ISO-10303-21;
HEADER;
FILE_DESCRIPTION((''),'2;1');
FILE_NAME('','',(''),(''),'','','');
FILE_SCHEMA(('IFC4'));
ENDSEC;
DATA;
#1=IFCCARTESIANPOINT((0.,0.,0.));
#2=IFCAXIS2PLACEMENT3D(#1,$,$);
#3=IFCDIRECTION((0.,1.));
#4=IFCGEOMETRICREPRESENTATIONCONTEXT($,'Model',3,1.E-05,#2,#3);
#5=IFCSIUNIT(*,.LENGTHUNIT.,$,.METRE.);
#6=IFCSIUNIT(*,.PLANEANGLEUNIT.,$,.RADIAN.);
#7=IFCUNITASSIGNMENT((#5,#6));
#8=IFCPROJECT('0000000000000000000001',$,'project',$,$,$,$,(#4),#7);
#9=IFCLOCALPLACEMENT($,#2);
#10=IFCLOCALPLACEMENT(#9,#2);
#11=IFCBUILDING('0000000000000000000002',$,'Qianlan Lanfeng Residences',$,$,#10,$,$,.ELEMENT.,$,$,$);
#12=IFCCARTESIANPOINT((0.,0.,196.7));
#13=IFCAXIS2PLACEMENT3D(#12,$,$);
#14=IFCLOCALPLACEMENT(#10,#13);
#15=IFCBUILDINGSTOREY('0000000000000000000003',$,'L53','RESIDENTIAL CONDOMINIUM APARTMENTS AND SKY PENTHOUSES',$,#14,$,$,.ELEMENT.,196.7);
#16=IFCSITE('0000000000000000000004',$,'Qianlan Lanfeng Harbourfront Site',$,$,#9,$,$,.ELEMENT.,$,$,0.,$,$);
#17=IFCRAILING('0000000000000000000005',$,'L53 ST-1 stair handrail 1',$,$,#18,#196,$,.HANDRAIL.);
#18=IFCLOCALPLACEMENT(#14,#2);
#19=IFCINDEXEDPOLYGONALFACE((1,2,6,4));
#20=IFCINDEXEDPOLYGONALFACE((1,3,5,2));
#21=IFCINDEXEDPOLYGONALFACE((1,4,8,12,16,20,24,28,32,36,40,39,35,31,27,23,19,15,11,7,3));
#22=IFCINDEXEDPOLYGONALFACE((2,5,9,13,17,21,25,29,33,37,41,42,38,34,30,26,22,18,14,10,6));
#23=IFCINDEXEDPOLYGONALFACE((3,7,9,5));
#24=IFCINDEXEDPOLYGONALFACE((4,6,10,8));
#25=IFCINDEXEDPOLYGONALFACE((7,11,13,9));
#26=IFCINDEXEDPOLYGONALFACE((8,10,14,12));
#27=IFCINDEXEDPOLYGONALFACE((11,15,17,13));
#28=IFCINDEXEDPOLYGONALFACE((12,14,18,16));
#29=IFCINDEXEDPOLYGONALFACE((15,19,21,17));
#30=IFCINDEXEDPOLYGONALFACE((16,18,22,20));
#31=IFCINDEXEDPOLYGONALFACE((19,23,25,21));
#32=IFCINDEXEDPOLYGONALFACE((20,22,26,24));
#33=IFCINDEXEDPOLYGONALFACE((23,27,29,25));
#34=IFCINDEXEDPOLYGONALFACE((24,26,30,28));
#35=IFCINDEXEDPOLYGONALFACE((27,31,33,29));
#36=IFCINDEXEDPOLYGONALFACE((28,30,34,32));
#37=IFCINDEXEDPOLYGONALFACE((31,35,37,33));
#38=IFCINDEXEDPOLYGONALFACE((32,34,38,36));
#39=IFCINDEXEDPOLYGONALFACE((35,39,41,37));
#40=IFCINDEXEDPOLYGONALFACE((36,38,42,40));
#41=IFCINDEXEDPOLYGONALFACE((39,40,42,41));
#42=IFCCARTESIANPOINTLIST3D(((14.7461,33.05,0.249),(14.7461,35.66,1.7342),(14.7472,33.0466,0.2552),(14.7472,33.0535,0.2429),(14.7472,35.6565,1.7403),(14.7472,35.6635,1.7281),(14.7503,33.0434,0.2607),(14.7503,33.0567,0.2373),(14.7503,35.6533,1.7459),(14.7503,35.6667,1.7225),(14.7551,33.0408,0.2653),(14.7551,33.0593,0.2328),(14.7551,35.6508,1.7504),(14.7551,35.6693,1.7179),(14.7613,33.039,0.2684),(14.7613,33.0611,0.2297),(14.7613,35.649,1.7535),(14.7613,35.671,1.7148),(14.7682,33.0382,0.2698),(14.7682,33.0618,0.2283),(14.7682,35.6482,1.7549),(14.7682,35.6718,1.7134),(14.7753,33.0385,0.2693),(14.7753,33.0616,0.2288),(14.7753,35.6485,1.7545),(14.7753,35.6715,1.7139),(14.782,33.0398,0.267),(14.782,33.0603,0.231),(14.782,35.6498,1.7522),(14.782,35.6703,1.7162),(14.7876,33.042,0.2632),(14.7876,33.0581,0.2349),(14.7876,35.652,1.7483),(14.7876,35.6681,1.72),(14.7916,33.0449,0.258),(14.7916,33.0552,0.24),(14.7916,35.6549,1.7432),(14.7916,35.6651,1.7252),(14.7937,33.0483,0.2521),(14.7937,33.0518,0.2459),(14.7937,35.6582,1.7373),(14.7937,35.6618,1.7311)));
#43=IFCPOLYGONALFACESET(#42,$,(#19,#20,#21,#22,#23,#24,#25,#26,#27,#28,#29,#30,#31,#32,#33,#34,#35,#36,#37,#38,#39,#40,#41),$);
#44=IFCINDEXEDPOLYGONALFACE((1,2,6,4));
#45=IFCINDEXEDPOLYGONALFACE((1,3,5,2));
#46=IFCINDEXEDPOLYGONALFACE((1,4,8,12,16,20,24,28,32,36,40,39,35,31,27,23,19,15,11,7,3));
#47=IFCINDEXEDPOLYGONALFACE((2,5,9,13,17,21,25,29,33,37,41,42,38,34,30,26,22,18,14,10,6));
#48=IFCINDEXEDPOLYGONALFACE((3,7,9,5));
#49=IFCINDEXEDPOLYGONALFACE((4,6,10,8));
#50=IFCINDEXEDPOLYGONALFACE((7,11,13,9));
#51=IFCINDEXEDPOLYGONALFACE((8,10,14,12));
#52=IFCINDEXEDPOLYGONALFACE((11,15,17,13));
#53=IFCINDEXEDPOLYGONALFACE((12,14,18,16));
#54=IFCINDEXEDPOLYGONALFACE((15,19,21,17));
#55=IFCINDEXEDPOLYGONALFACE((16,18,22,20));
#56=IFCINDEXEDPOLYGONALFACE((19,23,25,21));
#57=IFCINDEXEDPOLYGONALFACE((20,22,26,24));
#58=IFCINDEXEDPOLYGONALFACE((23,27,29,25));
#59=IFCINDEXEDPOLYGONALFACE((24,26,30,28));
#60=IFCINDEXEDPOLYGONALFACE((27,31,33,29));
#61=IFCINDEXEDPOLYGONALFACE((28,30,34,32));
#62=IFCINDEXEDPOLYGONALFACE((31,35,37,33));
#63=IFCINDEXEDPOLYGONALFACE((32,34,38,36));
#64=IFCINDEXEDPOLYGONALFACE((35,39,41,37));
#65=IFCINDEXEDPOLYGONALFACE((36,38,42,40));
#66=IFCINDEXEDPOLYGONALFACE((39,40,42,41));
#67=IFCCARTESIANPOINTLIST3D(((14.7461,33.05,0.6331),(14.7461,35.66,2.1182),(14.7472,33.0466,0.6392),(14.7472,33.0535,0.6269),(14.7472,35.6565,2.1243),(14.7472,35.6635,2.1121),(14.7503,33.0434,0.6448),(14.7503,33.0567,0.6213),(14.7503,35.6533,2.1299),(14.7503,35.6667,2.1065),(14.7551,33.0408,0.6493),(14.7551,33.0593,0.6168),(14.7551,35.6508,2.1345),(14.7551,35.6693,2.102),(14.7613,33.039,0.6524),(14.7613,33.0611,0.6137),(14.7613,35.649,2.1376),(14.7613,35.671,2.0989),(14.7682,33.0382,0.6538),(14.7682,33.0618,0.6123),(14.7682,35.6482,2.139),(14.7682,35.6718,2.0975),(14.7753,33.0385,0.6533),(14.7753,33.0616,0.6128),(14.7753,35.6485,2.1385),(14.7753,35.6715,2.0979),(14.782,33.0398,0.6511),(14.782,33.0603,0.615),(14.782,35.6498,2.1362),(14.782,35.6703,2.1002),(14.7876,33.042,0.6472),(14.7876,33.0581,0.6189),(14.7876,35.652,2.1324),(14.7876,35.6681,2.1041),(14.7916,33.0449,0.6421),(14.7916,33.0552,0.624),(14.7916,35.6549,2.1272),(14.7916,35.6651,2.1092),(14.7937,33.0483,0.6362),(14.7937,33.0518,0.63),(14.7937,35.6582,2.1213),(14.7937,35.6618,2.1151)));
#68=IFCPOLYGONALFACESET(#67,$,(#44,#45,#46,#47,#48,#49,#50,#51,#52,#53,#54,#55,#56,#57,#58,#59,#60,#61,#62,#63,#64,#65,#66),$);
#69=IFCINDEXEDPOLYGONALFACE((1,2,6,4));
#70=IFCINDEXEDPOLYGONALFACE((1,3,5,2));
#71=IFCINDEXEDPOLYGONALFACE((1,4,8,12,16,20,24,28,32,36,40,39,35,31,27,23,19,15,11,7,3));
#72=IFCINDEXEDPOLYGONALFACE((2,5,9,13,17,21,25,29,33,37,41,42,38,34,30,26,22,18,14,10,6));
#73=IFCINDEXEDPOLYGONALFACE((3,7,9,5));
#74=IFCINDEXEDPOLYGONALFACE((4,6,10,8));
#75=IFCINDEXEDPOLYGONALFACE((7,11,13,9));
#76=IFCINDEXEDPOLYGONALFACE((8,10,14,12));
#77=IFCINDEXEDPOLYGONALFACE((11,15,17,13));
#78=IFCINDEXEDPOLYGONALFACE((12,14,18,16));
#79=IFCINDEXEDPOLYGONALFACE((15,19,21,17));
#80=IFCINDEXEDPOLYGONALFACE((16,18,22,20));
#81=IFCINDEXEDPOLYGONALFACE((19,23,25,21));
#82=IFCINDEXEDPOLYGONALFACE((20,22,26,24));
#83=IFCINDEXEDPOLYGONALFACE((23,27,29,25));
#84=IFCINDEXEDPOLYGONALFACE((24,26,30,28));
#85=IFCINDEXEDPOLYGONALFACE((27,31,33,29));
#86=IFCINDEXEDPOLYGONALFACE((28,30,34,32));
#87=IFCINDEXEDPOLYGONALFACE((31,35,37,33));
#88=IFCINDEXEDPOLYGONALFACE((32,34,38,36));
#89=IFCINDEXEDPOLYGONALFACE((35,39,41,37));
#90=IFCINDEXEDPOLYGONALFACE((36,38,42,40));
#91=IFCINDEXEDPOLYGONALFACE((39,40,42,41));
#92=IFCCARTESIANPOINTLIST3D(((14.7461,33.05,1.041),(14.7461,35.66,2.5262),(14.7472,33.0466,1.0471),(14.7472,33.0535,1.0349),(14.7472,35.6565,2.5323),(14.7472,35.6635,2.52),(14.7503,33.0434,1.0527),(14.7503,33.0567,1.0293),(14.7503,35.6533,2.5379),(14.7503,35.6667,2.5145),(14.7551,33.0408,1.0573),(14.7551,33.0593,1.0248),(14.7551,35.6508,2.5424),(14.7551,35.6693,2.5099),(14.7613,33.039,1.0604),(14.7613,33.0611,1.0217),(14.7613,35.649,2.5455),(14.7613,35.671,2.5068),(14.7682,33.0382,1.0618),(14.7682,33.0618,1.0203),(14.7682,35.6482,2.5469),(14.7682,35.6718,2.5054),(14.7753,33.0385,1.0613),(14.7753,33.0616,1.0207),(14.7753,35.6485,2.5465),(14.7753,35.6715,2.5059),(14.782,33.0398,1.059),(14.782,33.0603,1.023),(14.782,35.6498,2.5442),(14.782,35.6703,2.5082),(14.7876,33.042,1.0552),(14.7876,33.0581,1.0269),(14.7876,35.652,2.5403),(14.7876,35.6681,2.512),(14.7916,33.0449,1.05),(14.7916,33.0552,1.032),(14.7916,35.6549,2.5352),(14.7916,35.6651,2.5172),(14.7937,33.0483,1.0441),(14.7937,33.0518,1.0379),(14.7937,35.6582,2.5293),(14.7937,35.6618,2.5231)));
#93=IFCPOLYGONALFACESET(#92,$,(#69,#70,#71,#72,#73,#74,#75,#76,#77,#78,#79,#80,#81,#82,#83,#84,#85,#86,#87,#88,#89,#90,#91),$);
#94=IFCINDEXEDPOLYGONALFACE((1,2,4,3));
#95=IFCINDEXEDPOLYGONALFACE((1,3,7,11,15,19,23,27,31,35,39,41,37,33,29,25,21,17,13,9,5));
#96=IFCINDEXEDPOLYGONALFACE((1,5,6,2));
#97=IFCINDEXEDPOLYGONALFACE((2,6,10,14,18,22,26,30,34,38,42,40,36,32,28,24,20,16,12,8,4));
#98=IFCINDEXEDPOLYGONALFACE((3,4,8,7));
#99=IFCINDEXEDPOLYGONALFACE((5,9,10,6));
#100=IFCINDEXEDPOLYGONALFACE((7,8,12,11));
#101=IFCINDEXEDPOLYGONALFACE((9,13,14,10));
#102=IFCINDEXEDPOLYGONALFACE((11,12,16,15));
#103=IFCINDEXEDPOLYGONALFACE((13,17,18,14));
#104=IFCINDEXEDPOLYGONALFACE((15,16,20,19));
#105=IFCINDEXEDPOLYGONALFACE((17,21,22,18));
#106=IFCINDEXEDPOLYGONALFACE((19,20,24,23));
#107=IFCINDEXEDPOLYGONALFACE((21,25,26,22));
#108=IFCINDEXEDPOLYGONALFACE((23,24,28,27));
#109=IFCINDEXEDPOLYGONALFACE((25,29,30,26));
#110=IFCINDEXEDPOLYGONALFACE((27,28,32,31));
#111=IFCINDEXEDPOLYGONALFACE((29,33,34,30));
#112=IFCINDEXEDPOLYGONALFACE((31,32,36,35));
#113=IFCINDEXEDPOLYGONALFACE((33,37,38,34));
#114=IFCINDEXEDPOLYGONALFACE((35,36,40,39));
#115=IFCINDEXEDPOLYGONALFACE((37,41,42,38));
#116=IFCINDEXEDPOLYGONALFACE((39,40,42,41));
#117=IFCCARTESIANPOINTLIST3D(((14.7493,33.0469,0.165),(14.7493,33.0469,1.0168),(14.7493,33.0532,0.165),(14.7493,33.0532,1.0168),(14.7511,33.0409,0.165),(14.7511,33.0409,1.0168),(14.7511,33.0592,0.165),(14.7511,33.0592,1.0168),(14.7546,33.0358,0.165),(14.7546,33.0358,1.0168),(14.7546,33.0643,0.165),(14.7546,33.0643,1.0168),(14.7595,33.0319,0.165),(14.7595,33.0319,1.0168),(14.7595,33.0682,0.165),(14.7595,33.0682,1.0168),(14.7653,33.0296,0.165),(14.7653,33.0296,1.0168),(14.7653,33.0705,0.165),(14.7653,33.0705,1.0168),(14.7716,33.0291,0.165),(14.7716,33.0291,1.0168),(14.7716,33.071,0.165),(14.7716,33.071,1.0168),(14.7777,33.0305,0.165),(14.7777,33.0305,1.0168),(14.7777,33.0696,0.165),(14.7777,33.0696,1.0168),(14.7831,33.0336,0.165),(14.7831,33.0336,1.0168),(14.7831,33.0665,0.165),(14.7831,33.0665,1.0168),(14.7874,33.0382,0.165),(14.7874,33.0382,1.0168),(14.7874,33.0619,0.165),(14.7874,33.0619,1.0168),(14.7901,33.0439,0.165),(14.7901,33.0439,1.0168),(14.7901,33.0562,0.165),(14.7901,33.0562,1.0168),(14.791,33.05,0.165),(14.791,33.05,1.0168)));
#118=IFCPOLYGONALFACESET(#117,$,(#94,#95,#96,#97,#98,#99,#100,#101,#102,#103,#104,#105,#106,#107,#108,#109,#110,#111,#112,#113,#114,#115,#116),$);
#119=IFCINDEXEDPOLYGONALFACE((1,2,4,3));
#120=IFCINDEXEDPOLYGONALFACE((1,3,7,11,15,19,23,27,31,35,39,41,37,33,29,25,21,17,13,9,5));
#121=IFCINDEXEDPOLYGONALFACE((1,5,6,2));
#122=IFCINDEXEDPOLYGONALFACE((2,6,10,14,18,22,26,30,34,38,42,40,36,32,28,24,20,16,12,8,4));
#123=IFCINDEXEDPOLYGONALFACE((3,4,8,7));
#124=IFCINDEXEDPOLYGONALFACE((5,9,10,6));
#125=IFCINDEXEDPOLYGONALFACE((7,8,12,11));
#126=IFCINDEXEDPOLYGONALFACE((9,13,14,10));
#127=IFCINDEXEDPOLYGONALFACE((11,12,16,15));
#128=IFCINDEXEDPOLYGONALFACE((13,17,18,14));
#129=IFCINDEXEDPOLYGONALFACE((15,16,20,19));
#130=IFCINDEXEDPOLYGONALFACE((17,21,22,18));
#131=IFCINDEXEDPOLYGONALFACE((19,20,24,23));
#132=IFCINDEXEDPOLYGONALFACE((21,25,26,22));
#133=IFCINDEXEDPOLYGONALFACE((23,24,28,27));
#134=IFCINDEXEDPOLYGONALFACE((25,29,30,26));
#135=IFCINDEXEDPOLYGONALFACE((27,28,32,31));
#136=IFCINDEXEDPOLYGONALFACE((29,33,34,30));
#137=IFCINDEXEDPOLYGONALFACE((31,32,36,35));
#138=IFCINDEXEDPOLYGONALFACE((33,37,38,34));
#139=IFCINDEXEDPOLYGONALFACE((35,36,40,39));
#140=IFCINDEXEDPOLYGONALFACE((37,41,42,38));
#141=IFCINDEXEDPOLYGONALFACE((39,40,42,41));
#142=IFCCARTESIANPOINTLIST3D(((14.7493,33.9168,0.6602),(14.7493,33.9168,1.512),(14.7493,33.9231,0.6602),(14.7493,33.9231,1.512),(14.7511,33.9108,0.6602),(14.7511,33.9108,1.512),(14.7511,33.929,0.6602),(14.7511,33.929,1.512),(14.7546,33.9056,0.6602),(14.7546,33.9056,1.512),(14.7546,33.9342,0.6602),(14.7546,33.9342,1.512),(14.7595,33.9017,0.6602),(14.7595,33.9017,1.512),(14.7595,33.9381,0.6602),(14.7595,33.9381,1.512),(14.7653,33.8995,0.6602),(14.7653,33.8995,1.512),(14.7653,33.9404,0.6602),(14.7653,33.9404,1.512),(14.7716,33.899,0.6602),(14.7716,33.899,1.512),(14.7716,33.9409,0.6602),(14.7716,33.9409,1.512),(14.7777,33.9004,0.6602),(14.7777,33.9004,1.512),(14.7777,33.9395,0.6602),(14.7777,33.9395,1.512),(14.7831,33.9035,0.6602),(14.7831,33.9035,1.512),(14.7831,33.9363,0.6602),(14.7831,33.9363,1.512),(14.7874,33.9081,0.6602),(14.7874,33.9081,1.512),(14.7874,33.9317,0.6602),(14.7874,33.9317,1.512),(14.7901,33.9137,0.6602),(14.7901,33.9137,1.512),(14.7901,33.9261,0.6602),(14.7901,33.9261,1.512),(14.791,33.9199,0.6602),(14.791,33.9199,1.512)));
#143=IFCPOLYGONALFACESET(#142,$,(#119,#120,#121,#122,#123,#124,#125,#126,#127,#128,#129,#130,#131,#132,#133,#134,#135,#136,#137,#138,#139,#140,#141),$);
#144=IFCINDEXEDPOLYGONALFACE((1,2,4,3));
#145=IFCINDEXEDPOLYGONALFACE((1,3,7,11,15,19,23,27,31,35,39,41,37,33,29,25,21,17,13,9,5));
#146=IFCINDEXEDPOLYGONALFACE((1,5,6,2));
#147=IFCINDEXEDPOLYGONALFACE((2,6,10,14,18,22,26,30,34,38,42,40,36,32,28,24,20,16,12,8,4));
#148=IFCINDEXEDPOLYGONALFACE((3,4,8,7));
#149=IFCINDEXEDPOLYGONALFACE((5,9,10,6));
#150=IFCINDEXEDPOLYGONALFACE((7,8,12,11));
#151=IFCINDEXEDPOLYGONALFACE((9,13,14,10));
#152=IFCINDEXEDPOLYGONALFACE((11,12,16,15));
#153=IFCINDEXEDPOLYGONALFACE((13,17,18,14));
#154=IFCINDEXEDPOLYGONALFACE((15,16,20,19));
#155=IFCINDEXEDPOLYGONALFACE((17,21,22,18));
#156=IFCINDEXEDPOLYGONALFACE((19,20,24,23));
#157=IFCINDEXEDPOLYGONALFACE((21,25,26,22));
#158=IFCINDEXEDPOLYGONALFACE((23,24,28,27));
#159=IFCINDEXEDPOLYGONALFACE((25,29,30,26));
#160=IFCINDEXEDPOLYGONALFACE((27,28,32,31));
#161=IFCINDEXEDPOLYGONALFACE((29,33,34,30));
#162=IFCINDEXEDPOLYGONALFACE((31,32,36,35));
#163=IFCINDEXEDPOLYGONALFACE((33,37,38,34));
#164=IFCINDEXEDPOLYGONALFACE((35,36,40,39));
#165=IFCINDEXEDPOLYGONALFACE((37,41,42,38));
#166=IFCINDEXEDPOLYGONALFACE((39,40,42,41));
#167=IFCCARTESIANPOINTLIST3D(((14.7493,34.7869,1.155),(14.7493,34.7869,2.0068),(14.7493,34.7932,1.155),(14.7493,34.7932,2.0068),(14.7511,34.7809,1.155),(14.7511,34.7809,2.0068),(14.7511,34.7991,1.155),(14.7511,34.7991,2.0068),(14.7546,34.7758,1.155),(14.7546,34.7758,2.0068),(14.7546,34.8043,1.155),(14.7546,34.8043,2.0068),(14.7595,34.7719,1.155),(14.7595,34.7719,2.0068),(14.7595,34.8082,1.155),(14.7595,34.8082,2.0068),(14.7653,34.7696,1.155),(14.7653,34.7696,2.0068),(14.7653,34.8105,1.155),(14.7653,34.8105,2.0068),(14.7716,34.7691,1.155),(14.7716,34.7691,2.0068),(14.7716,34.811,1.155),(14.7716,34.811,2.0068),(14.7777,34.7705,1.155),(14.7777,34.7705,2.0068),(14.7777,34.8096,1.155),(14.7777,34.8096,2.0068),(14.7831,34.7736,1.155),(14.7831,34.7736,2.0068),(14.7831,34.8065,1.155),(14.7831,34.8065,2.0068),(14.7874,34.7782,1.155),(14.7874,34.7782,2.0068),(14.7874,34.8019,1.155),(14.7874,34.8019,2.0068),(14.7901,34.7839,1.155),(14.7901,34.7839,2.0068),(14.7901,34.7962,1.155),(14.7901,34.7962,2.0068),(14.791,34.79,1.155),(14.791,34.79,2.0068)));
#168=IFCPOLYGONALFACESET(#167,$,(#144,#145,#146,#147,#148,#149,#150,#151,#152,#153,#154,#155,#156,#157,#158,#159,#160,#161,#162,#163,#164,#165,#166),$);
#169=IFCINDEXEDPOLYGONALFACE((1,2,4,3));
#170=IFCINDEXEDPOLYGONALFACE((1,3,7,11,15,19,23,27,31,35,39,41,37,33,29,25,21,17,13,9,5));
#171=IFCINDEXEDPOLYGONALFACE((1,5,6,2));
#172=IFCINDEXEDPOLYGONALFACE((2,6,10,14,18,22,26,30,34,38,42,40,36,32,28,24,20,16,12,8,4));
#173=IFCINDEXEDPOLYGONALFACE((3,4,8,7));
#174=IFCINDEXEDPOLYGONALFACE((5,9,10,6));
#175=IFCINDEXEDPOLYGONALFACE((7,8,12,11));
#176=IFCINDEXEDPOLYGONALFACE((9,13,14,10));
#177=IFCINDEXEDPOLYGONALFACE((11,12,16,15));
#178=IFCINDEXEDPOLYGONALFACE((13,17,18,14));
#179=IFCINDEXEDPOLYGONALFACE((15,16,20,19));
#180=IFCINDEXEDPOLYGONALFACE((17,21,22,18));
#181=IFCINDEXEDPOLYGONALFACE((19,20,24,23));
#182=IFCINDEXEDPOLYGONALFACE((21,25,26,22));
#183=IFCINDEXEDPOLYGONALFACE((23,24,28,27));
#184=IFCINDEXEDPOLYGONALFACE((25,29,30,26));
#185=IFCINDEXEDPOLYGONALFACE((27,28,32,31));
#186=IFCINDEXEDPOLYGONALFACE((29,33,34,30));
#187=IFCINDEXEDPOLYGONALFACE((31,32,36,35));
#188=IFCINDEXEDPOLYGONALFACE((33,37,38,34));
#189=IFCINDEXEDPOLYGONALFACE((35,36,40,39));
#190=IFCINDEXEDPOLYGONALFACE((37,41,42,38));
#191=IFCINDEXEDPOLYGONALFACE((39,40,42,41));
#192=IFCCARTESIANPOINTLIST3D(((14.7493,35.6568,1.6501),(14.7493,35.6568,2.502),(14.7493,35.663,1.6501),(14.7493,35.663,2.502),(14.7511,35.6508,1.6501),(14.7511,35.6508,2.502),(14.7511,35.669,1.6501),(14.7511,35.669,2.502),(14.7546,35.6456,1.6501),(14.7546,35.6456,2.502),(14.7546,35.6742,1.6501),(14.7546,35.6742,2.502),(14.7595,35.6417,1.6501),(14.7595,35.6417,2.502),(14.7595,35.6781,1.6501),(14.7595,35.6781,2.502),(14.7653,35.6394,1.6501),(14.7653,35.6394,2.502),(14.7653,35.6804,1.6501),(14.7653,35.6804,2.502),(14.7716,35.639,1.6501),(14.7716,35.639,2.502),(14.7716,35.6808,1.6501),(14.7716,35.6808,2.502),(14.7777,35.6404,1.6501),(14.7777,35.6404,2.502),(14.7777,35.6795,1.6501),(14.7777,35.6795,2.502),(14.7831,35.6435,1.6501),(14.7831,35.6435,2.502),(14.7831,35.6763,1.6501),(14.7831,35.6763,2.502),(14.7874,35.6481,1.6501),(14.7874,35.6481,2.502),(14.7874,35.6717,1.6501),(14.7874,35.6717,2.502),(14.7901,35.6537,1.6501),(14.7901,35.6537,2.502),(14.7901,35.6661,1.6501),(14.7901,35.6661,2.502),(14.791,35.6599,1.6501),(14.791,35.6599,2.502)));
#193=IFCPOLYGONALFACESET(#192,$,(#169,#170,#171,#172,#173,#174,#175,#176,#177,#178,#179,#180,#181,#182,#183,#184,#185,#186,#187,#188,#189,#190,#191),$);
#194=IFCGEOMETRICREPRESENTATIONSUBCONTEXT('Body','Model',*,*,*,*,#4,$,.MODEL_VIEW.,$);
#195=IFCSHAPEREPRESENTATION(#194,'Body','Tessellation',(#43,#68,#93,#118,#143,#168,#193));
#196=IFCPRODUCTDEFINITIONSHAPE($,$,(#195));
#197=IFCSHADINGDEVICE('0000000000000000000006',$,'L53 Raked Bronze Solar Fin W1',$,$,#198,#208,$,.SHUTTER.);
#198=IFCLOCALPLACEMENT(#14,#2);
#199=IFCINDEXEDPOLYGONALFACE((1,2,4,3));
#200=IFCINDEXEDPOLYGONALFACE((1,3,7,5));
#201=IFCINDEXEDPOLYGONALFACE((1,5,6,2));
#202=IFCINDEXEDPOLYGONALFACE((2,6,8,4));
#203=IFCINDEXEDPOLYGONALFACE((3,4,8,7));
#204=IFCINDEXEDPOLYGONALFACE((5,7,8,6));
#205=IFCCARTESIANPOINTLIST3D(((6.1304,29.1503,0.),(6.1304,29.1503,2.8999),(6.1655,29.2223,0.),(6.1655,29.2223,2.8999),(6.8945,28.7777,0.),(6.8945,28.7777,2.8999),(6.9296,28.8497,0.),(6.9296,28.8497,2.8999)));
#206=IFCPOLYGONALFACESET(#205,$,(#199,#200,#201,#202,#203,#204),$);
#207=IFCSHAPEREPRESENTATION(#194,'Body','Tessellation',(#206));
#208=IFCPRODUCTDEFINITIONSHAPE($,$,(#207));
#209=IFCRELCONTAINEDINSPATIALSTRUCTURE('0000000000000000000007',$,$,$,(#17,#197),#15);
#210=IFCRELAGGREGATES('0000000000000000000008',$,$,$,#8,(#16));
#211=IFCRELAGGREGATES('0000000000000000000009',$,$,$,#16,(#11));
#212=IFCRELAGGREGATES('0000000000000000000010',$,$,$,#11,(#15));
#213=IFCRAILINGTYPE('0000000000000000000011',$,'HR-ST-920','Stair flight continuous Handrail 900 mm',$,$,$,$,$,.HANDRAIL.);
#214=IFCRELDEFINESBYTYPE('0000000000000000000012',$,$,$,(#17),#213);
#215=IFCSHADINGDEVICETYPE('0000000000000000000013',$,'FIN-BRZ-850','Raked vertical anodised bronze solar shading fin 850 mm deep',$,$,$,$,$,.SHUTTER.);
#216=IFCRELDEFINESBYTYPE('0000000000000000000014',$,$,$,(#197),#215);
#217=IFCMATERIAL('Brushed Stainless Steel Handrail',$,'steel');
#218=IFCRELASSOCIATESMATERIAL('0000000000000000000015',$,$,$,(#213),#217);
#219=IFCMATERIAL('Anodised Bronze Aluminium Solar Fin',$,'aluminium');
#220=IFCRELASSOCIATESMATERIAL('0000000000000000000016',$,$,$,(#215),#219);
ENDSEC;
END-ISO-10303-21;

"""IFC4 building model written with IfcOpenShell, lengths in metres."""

from ifc_helpers import new_model, si_unit, direction, frame, origin, origin_2d, place, context, subcontext, project, spatial, rectangle, circle, extrude, source, transform, mapped, material, type_object, element, save


model = new_model("IFC4")

# Units and contexts
model_context = context("Model", 3, precision=1e-05, world=origin(), true_north=direction((0.0, 1.0)))
body_context = subcontext(model_context, "Body", "Model", "MODEL_VIEW")
ifc_project = project(units=[si_unit("LENGTHUNIT", "METRE"), si_unit("PLANEANGLEUNIT", "RADIAN")], contexts=[model_context])

# Site, building, storey
site_placement = place(None, origin())
site = spatial("IfcSite", under=ifc_project, at=site_placement, Name="Qianlan Lanfeng Harbourfront Site", CompositionType="ELEMENT", RefElevation=0.0)
building_placement = place(site_placement, origin())
building = spatial("IfcBuilding", under=site, at=building_placement, Name="Qianlan Lanfeng Residences", CompositionType="ELEMENT")
storey_placement = place(building_placement, frame((0.0, 0.0, 196.7)))
storey = spatial("IfcBuildingStorey", under=building, at=storey_placement, Name="L53", Description="RESIDENTIAL CONDOMINIUM APARTMENTS AND SKY PENTHOUSES", CompositionType="ELEMENT", Elevation=196.7)

# Railing
ifc_material_1 = material(Name="Brushed Stainless Steel Handrail", Category="steel")
railing_type_1 = type_object("IfcRailingType", Name="HR-ST-920", Description="Stair flight continuous Handrail 900 mm", PredefinedType="HANDRAIL", material=ifc_material_1)
railing_1_placement = place(storey_placement, frame((14.77, 33.05, 0.165)))
element("IfcRailing", 1, at=railing_1_placement, inside=storey, type_object=railing_type_1, Name="L53 ST-1 stair handrail 1", PredefinedType="HANDRAIL", context=body_context, shape_type="SweptSolid", body=[
    extrude(circle(Radius=0.0239, at=origin_2d()), frame((0.0, 0.0, 0.084), z_axis=(0.0, 0.869137, 0.494571), x_axis=(-1.0, 0.0, 0.0)), (0.0, 0.0, 1.0), 3.0029),
    extrude(circle(Radius=0.0239, at=origin_2d()), frame((0.0, 0.0, 0.468), z_axis=(0.0, 0.869137, 0.494571), x_axis=(-1.0, 0.0, 0.0)), (0.0, 0.0, 1.0), 3.0029),
    extrude(circle(Radius=0.0239, at=origin_2d()), frame((0.0, 0.0, 0.876), z_axis=(0.0, 0.869137, 0.494571), x_axis=(-1.0, 0.0, 0.0)), (0.0, 0.0, 1.0), 3.0029),
    extrude(circle(Radius=0.021, at=origin_2d()), origin(), (0.0, 0.0, 1.0), 0.8518),
    extrude(circle(Radius=0.021, at=origin_2d()), frame((0.0, 0.8699, 0.4951)), (0.0, 0.0, 1.0), 0.8518),
    extrude(circle(Radius=0.021, at=origin_2d()), frame((0.0, 1.74, 0.99)), (0.0, 0.0, 1.0), 0.8518),
    extrude(circle(Radius=0.021, at=origin_2d()), frame((0.0, 2.6099, 1.4851)), (0.0, 0.0, 1.0), 0.8518),
])

# Shading device
ifc_material_2 = material(Name="Anodised Bronze Aluminium Solar Fin", Category="aluminium")
shading_device_type = type_object("IfcShadingDeviceType", Name="FIN-BRZ-850", Description="Raked vertical anodised bronze solar shading fin 850 mm deep", PredefinedType="SHUTTER", material=ifc_material_2)
shared_shape_1 = source(origin(), body_context, "Body", "SweptSolid", [
    extrude(rectangle(XDim=0.8501, YDim=0.0801, at=origin_2d()), origin(), (0.0, 0.0, 1.0), 2.8999),
])
for number, where, z_axis, x_axis, name in (
    (2, (6.53, 29.0, 0.0), (0.0, 0.0, 1.0), (0.898794, -0.438371, 0.0), "L53 Raked Bronze Solar Fin W1"),
):
    element("IfcShadingDevice", number, at=place(storey_placement, frame(where, z_axis=z_axis, x_axis=x_axis)), inside=storey, type_object=shading_device_type, Name=name, PredefinedType="SHUTTER", context=body_context, shape_type="MappedRepresentation", body=[
        mapped(shared_shape_1, transform((0.0, 0.0, 0.0), scale=1.0)),
    ])

save(model, "model.ifc")
